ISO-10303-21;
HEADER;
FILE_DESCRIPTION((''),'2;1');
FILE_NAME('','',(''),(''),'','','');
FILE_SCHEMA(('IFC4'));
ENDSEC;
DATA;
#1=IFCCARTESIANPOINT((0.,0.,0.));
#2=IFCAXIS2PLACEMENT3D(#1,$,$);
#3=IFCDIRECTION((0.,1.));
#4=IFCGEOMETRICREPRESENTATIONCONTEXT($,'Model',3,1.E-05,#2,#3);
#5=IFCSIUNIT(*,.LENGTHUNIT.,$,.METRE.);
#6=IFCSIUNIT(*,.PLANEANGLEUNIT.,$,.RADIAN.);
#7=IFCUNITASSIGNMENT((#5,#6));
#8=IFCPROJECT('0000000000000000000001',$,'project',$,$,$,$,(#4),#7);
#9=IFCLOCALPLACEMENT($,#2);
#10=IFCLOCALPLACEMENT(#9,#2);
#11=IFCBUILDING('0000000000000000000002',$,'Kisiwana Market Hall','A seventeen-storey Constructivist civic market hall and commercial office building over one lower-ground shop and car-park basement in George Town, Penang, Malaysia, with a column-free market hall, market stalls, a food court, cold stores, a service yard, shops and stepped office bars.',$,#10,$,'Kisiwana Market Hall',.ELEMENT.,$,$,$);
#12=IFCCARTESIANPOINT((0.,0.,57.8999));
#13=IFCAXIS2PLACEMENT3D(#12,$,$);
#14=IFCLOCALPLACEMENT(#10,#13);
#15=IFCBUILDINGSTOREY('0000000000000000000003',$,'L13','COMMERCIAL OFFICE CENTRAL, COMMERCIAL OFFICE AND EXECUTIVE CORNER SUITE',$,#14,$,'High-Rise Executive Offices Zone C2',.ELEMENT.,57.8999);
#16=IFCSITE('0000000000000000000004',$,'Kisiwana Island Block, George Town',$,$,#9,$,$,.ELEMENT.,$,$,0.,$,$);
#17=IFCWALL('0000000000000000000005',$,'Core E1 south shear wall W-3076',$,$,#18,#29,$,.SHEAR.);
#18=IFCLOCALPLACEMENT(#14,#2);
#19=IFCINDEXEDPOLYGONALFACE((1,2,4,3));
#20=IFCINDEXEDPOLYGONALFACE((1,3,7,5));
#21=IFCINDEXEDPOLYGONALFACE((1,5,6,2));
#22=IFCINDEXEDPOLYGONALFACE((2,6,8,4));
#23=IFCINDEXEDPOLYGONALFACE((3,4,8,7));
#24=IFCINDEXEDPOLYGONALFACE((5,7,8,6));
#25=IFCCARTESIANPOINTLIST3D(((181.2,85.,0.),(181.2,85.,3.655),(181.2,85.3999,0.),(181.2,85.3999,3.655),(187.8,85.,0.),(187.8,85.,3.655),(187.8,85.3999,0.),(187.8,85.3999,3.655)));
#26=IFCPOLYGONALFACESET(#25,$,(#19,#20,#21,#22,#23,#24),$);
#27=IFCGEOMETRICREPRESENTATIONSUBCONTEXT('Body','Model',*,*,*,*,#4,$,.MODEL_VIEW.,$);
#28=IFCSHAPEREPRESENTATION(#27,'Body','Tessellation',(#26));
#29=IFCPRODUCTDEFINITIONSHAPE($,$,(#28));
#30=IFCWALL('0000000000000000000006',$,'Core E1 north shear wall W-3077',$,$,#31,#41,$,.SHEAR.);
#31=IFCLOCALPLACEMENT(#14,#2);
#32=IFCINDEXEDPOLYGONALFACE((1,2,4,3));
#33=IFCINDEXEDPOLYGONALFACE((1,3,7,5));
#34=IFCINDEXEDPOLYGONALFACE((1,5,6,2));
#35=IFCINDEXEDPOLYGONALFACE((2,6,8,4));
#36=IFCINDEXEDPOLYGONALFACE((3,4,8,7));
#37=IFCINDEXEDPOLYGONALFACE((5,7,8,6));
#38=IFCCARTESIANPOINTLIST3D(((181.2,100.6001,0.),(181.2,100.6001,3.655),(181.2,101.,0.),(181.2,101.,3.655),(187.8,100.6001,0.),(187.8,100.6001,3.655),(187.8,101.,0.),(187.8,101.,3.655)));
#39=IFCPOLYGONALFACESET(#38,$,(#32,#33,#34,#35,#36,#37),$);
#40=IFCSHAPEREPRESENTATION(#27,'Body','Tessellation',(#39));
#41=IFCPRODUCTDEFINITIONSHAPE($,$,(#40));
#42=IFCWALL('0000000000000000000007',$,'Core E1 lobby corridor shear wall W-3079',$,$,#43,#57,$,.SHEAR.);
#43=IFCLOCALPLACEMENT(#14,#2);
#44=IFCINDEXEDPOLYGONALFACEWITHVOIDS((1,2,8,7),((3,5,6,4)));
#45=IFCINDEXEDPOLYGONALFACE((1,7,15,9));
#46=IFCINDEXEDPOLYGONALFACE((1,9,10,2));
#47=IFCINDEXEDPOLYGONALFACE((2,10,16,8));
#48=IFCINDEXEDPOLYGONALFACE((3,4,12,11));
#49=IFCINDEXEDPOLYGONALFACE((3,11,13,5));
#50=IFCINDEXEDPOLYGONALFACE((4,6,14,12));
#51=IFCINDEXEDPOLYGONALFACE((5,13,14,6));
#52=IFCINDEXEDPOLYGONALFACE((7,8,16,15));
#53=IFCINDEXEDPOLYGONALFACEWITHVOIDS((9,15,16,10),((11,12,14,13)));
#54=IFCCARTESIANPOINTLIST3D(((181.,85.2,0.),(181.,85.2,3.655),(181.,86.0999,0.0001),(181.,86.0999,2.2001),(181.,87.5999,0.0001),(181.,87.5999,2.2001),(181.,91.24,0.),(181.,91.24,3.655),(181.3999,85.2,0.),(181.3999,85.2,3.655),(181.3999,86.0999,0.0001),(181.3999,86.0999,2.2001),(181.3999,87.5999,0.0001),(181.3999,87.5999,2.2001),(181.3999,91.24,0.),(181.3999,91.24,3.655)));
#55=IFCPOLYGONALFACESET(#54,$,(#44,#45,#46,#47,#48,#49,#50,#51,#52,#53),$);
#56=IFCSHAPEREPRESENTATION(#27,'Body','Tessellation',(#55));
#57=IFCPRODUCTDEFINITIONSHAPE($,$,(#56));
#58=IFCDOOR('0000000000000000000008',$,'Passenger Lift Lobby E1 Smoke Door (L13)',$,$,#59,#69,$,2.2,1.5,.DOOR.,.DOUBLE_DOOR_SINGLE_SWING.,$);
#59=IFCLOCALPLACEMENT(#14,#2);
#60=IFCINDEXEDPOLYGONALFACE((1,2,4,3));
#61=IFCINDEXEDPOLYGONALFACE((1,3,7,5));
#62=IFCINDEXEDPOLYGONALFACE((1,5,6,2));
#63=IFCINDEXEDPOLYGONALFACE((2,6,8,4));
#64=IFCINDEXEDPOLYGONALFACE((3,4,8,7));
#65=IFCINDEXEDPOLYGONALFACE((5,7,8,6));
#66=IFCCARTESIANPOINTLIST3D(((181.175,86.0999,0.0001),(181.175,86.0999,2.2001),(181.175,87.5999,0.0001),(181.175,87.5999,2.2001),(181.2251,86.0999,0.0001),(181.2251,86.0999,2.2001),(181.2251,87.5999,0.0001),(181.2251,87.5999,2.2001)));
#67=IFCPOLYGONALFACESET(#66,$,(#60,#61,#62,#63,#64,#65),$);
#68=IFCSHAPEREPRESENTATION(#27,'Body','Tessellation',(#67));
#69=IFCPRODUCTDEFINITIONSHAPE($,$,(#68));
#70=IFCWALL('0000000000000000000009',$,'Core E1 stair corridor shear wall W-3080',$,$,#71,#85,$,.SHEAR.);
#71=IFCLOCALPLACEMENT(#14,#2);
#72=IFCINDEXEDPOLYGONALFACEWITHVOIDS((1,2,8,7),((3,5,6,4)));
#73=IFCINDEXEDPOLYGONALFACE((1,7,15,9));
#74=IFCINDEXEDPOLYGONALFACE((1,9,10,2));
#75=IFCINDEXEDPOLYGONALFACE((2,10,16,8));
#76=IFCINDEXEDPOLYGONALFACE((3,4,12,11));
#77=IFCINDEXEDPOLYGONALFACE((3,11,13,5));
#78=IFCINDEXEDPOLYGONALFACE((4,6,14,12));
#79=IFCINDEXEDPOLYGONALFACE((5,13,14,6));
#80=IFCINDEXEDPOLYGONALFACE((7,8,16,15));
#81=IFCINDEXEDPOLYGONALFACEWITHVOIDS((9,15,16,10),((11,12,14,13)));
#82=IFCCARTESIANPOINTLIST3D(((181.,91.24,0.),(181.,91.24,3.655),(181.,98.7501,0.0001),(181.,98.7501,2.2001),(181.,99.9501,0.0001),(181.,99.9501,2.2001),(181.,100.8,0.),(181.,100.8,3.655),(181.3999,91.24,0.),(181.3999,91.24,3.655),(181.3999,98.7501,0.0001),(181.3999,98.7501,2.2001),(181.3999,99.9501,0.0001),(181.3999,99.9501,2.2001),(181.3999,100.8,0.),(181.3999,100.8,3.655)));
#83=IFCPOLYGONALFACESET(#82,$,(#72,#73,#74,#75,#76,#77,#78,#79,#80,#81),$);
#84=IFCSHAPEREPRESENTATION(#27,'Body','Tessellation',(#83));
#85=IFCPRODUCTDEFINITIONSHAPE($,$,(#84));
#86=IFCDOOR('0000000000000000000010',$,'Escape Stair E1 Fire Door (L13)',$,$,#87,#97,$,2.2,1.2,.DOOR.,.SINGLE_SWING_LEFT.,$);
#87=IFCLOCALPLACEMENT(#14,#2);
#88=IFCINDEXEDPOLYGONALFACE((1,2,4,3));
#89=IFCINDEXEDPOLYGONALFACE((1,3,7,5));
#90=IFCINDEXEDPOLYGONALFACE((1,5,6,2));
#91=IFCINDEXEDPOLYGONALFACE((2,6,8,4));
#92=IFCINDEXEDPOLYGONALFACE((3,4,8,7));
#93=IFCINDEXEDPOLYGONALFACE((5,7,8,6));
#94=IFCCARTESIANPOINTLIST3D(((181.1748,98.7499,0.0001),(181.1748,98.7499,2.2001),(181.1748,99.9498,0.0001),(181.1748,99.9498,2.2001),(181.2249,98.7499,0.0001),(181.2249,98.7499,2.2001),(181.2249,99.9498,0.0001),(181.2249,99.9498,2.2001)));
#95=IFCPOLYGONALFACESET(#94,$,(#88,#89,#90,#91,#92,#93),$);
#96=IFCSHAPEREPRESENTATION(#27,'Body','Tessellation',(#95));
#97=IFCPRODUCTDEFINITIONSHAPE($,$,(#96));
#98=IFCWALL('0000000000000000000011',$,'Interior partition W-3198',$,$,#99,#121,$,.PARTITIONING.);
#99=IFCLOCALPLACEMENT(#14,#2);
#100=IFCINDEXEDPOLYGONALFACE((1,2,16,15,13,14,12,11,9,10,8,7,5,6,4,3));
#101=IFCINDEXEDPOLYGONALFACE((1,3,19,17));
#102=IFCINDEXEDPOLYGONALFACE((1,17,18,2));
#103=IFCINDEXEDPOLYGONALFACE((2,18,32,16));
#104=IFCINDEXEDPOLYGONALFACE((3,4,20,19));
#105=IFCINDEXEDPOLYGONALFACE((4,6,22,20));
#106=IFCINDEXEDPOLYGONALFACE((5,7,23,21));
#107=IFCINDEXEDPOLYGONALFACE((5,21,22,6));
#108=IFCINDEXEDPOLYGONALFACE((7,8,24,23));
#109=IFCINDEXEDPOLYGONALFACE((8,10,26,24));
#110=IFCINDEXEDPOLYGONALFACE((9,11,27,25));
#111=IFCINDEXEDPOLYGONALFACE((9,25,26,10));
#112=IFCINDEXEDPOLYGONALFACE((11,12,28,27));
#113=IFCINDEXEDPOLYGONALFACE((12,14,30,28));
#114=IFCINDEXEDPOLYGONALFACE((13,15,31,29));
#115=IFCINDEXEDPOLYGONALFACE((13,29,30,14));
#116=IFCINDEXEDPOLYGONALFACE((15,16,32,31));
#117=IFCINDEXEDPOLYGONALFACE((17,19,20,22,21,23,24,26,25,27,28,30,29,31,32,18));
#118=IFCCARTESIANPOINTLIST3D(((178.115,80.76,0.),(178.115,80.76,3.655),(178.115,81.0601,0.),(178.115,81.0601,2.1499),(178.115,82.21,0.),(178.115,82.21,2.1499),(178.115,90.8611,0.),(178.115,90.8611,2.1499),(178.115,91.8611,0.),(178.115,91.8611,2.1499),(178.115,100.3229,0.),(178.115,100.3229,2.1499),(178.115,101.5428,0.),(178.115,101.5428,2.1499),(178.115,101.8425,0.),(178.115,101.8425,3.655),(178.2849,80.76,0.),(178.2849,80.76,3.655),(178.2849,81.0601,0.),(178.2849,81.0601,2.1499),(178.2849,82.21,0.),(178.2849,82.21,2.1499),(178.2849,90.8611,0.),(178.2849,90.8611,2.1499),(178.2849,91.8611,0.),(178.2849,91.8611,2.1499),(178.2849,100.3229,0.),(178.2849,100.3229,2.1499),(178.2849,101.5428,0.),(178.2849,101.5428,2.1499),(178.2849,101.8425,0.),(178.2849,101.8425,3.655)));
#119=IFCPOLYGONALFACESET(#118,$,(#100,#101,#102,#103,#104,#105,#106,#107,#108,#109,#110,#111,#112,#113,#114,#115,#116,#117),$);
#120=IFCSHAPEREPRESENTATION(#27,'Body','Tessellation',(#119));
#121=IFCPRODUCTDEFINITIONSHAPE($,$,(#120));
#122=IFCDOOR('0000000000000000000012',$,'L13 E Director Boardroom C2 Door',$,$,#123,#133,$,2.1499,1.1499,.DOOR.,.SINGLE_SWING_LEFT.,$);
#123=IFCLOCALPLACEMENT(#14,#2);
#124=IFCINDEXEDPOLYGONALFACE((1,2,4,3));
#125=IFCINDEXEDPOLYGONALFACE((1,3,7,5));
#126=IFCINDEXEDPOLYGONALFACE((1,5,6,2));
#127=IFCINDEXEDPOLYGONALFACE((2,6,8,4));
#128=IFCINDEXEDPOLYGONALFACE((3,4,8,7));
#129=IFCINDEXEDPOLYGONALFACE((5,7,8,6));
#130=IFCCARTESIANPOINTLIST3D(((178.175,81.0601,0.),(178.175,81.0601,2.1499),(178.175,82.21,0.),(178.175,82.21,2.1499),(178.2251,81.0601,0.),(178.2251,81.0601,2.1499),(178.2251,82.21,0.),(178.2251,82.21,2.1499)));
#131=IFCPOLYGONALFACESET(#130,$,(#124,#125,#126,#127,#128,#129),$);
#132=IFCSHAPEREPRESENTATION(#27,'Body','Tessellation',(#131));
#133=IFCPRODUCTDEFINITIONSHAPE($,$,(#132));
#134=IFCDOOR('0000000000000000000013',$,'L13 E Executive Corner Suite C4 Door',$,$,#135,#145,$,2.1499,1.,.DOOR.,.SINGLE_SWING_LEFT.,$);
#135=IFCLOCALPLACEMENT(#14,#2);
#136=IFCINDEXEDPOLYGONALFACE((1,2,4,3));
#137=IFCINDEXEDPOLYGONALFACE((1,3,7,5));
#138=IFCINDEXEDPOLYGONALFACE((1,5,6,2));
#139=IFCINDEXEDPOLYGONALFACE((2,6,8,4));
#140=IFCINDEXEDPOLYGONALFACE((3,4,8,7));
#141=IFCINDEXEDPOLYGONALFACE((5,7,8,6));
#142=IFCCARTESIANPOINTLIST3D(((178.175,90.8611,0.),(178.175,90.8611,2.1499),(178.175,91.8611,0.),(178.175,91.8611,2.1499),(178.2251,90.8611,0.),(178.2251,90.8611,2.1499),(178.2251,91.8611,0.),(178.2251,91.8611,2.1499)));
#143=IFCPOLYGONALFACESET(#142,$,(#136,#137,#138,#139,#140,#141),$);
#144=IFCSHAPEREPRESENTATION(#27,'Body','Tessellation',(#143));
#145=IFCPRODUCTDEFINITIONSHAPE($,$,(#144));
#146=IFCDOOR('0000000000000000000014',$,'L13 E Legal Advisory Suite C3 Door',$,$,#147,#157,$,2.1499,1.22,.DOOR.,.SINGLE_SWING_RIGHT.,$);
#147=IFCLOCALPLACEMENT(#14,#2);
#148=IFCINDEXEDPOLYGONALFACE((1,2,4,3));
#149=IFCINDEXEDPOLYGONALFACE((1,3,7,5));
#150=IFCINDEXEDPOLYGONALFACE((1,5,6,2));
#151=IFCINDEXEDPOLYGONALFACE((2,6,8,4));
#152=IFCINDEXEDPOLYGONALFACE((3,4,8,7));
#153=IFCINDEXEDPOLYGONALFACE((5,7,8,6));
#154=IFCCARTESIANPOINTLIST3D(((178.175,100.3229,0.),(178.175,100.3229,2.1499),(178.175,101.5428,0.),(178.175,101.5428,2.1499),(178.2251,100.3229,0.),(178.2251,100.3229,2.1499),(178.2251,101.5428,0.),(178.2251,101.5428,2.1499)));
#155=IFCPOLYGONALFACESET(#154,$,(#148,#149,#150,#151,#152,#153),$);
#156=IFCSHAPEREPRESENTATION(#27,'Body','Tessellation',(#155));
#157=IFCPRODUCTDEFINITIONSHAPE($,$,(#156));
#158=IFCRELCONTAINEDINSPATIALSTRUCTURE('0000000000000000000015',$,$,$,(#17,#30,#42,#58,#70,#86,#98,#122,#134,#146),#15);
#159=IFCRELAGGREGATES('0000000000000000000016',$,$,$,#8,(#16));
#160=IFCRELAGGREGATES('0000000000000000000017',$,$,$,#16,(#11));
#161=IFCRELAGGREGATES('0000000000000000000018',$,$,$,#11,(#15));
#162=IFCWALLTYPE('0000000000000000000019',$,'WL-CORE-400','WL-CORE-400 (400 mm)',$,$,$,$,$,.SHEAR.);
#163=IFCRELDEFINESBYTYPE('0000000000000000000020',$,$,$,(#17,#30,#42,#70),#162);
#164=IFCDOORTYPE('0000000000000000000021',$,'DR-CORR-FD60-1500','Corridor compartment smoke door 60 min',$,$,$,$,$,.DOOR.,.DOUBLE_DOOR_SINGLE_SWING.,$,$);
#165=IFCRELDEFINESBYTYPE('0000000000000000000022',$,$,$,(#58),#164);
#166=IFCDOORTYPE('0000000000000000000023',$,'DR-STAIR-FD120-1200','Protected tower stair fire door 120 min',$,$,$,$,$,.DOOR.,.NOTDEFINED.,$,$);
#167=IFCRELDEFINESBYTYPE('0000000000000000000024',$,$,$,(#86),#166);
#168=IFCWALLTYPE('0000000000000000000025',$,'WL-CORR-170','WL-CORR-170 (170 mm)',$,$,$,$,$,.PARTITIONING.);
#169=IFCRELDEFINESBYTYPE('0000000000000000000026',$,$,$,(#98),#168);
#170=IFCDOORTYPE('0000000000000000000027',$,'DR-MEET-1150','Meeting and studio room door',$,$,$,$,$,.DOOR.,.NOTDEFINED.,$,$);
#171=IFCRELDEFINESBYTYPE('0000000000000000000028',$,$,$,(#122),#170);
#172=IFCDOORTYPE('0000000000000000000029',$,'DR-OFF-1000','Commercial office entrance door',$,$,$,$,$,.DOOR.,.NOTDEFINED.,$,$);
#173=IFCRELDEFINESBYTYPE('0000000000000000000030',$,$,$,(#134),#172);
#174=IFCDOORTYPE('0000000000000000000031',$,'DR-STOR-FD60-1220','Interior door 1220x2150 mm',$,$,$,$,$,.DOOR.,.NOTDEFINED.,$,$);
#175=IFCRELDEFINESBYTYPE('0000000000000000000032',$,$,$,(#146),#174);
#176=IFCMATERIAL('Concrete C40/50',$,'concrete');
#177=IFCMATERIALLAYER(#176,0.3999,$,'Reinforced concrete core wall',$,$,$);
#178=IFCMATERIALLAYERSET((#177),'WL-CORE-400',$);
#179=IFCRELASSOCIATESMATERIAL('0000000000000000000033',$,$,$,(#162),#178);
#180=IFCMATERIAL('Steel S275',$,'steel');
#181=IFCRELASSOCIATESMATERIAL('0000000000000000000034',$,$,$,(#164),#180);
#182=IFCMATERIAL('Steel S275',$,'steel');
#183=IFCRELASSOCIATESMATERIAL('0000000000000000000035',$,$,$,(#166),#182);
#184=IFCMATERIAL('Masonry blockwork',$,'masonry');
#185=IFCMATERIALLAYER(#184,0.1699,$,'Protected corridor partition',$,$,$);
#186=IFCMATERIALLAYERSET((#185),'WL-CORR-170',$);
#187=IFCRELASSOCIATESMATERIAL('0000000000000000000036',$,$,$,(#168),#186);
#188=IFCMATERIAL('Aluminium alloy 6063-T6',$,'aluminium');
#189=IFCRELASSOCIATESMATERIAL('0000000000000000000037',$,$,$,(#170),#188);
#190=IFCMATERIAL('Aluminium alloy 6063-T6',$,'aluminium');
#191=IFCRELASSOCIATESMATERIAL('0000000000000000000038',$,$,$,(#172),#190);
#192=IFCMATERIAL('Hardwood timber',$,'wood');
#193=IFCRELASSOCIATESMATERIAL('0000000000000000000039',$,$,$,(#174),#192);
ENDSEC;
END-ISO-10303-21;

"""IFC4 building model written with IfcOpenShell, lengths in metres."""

from ifc_helpers import new_model, si_unit, direction, frame, frame_2d, origin, place, context, subcontext, project, spatial, rectangle, extrude, material, layer, layer_set, type_object, element, fill, save


model = new_model("IFC4")

# Units and contexts
model_context = context("Model", 3, precision=1e-05, world=origin(), true_north=direction((0.0, 1.0)))
body_context = subcontext(model_context, "Body", "Model", "MODEL_VIEW")
ifc_project = project(units=[si_unit("LENGTHUNIT", "METRE"), si_unit("PLANEANGLEUNIT", "RADIAN")], contexts=[model_context])

# Site, building, storey
site_placement = place(None, origin())
site = spatial("IfcSite", under=ifc_project, at=site_placement, Name="Kisiwana Island Block, George Town", CompositionType="ELEMENT", RefElevation=0.0)
building_placement = place(site_placement, origin())
building = spatial("IfcBuilding", under=site, at=building_placement, Name="Kisiwana Market Hall", Description="A seventeen-storey Constructivist civic market hall and commercial office building over one lower-ground shop and car-park basement in George Town, Penang, Malaysia, with a column-free market hall, market stalls, a food court, cold stores, a service yard, shops and stepped office bars.", LongName="Kisiwana Market Hall", CompositionType="ELEMENT")
storey_placement = place(building_placement, frame((0.0, 0.0, 57.8999)))
storey = spatial("IfcBuildingStorey", under=building, at=storey_placement, Name="L13", Description="COMMERCIAL OFFICE CENTRAL, COMMERCIAL OFFICE AND EXECUTIVE CORNER SUITE", LongName="High-Rise Executive Offices Zone C2", CompositionType="ELEMENT", Elevation=57.8999)

# Walls
ifc_material_1 = material(Name="Concrete C40/50", Category="concrete")
ifc_layer_1 = layer(ifc_material_1, 0.3999, Name="Reinforced concrete core wall")
ifc_layer_set_1 = layer_set([ifc_layer_1], Name="WL-CORE-400")
wall_type_1 = type_object("IfcWallType", Name="WL-CORE-400", Description="WL-CORE-400 (400 mm)", PredefinedType="SHEAR", material=ifc_layer_set_1)
for number, where, z_axis, x_axis, name in (
    (1, (181.2, 85.2, 0.0), (0.0, 0.0, 1.0), (1.0, 0.0, 0.0), "Core E1 south shear wall W-3076"),
    (2, (181.2, 100.8, 0.0), (0.0, 0.0, 1.0), (1.0, 0.0, 0.0), "Core E1 north shear wall W-3077"),
):
    element("IfcWall", number, at=place(storey_placement, frame(where, z_axis=z_axis, x_axis=x_axis)), inside=storey, type_object=wall_type_1, Name=name, PredefinedType="SHEAR", context=body_context, shape_type="SweptSolid", body=[
        extrude(rectangle(XDim=6.6001, YDim=0.3999, at=frame_2d((3.3, 0.0))), origin(), (0.0, 0.0, 1.0), 3.655),
    ])

# Walls, openings, doors
wall_1_placement = place(storey_placement, frame((181.2, 85.2, 0.0), z_axis=(0.0, 0.0, 1.0), x_axis=(0.0, 1.0, 0.0)))
wall_1 = element("IfcWall", 3, at=wall_1_placement, inside=storey, type_object=wall_type_1, Name="Core E1 lobby corridor shear wall W-3079", PredefinedType="SHEAR", context=body_context, shape_type="SweptSolid", body=[
    extrude(rectangle(XDim=6.04, YDim=0.3999, at=frame_2d((3.02, 0.0))), origin(), (0.0, 0.0, 1.0), 3.655),
])
opening_1_placement = place(wall_1_placement, frame((0.8999, 0.0, 0.0)))
opening_1 = element("IfcOpeningElement", 4, at=opening_1_placement, cuts=wall_1, PredefinedType="OPENING", context=body_context, shape_type="SweptSolid", body=[
    extrude(rectangle(XDim=1.5, YDim=2.2, at=frame_2d((0.75, 1.1001))), frame((0.0, 0.2119, 0.0), z_axis=(0.0, -1.0, 0.0), x_axis=(1.0, 0.0, 0.0)), (0.0, 0.0, 1.0), 0.4238),
])
ifc_material_2 = material(Name="Steel S275", Category="steel")
door_type_1 = type_object("IfcDoorType", Name="DR-CORR-FD60-1500", Description="Corridor compartment smoke door 60 min", OperationType="DOUBLE_DOOR_SINGLE_SWING", PredefinedType="DOOR", material=ifc_material_2)
door_1_placement = place(opening_1_placement, origin())
door_1 = element("IfcDoor", 5, at=door_1_placement, inside=storey, type_object=door_type_1, Name="Passenger Lift Lobby E1 Smoke Door (L13)", OperationType="DOUBLE_DOOR_SINGLE_SWING", OverallHeight=2.2, OverallWidth=1.5, PredefinedType="DOOR", context=body_context, shape_type="SweptSolid", body=[
    extrude(rectangle(XDim=1.5, YDim=2.2, at=frame_2d((0.75, 1.1001))), frame((0.0, 0.0249, 0.0), z_axis=(0.0, -1.0, 0.0), x_axis=(1.0, 0.0, 0.0)), (0.0, 0.0, 1.0), 0.05),
])
fill(opening_1, door_1)
wall_2_placement = place(storey_placement, frame((181.2, 91.24, 0.0), z_axis=(0.0, 0.0, 1.0), x_axis=(0.0, 1.0, 0.0)))
wall_2 = element("IfcWall", 6, at=wall_2_placement, inside=storey, type_object=wall_type_1, Name="Core E1 stair corridor shear wall W-3080", PredefinedType="SHEAR", context=body_context, shape_type="SweptSolid", body=[
    extrude(rectangle(XDim=9.5601, YDim=0.3999, at=frame_2d((4.78, 0.0))), origin(), (0.0, 0.0, 1.0), 3.655),
])
opening_2_placement = place(wall_2_placement, frame((7.51, 0.0, 0.0)))
opening_2 = element("IfcOpeningElement", 7, at=opening_2_placement, cuts=wall_2, PredefinedType="OPENING", context=body_context, shape_type="SweptSolid", body=[
    extrude(rectangle(XDim=1.2, YDim=2.2, at=frame_2d((0.6001, 1.1001))), frame((0.0, 0.2119, 0.0), z_axis=(0.0, -1.0, 0.0), x_axis=(1.0, 0.0, 0.0)), (0.0, 0.0, 1.0), 0.4238),
])
ifc_material_3 = material(Name="Steel S275", Category="steel")
door_type_2 = type_object("IfcDoorType", Name="DR-STAIR-FD120-1200", Description="Protected tower stair fire door 120 min", OperationType="NOTDEFINED", PredefinedType="DOOR", material=ifc_material_3)
door_2_placement = place(opening_2_placement, frame((1.2, 0.0, 0.0), z_axis=(0.0, 0.0, 1.0), x_axis=(-1.0, 0.0, 0.0)))
door_2 = element("IfcDoor", 8, at=door_2_placement, inside=storey, type_object=door_type_2, Name="Escape Stair E1 Fire Door (L13)", OperationType="SINGLE_SWING_LEFT", OverallHeight=2.2, OverallWidth=1.2, PredefinedType="DOOR", context=body_context, shape_type="SweptSolid", body=[
    extrude(rectangle(XDim=1.2, YDim=2.2, at=frame_2d((0.6001, 1.1001))), frame((0.0, 0.0249, 0.0), z_axis=(0.0, -1.0, 0.0), x_axis=(1.0, 0.0, 0.0)), (0.0, 0.0, 1.0), 0.05),
])
fill(opening_2, door_2)

# Wall, openings, doors
ifc_material_4 = material(Name="Masonry blockwork", Category="masonry")
ifc_layer_2 = layer(ifc_material_4, 0.1699, Name="Protected corridor partition")
ifc_layer_set_2 = layer_set([ifc_layer_2], Name="WL-CORR-170")
wall_type_2 = type_object("IfcWallType", Name="WL-CORR-170", Description="WL-CORR-170 (170 mm)", PredefinedType="PARTITIONING", material=ifc_layer_set_2)
wall_3_placement = place(storey_placement, frame((178.2, 80.76, 0.0), z_axis=(0.0, 0.0, 1.0), x_axis=(0.0, 1.0, 0.0)))
wall_3 = element("IfcWall", 9, at=wall_3_placement, inside=storey, type_object=wall_type_2, Name="Interior partition W-3198", PredefinedType="PARTITIONING", context=body_context, shape_type="SweptSolid", body=[
    extrude(rectangle(XDim=21.0825, YDim=0.1699, at=frame_2d((10.5413, 0.0))), origin(), (0.0, 0.0, 1.0), 3.655),
])
opening_3_placement = place(wall_3_placement, frame((10.1011, 0.0, 0.0)))
opening_3 = element("IfcOpeningElement", 10, at=opening_3_placement, cuts=wall_3, PredefinedType="OPENING", context=body_context, shape_type="SweptSolid", body=[
    extrude(rectangle(XDim=1.0, YDim=2.1499, at=frame_2d((0.5, 1.075))), frame((0.0, 0.0969, 0.0), z_axis=(0.0, -1.0, 0.0), x_axis=(1.0, 0.0, 0.0)), (0.0, 0.0, 1.0), 0.1938),
])
opening_4_placement = place(wall_3_placement, frame((0.3, 0.0, 0.0)))
opening_4 = element("IfcOpeningElement", 11, at=opening_4_placement, cuts=wall_3, PredefinedType="OPENING", context=body_context, shape_type="SweptSolid", body=[
    extrude(rectangle(XDim=1.1499, YDim=2.1499, at=frame_2d((0.575, 1.075))), frame((0.0, 0.0969, 0.0), z_axis=(0.0, -1.0, 0.0), x_axis=(1.0, 0.0, 0.0)), (0.0, 0.0, 1.0), 0.1938),
])
opening_5_placement = place(wall_3_placement, frame((19.563, 0.0, 0.0)))
opening_5 = element("IfcOpeningElement", 12, at=opening_5_placement, cuts=wall_3, PredefinedType="OPENING", context=body_context, shape_type="SweptSolid", body=[
    extrude(rectangle(XDim=1.22, YDim=2.1499, at=frame_2d((0.6099, 1.075))), frame((0.0, 0.0969, 0.0), z_axis=(0.0, -1.0, 0.0), x_axis=(1.0, 0.0, 0.0)), (0.0, 0.0, 1.0), 0.1938),
])
ifc_material_5 = material(Name="Aluminium alloy 6063-T6", Category="aluminium")
door_type_3 = type_object("IfcDoorType", Name="DR-MEET-1150", Description="Meeting and studio room door", OperationType="NOTDEFINED", PredefinedType="DOOR", material=ifc_material_5)
door_3_placement = place(opening_4_placement, origin())
door_3 = element("IfcDoor", 13, at=door_3_placement, inside=storey, type_object=door_type_3, Name="L13 E Director Boardroom C2 Door", OperationType="SINGLE_SWING_LEFT", OverallHeight=2.1499, OverallWidth=1.1499, PredefinedType="DOOR", context=body_context, shape_type="SweptSolid", body=[
    extrude(rectangle(XDim=1.1499, YDim=2.1499, at=frame_2d((0.575, 1.075))), frame((0.0, 0.0249, 0.0), z_axis=(0.0, -1.0, 0.0), x_axis=(1.0, 0.0, 0.0)), (0.0, 0.0, 1.0), 0.05),
])
fill(opening_4, door_3)
ifc_material_6 = material(Name="Aluminium alloy 6063-T6", Category="aluminium")
door_type_4 = type_object("IfcDoorType", Name="DR-OFF-1000", Description="Commercial office entrance door", OperationType="NOTDEFINED", PredefinedType="DOOR", material=ifc_material_6)
door_4_placement = place(opening_3_placement, origin())
door_4 = element("IfcDoor", 14, at=door_4_placement, inside=storey, type_object=door_type_4, Name="L13 E Executive Corner Suite C4 Door", OperationType="SINGLE_SWING_LEFT", OverallHeight=2.1499, OverallWidth=1.0, PredefinedType="DOOR", context=body_context, shape_type="SweptSolid", body=[
    extrude(rectangle(XDim=1.0, YDim=2.1499, at=frame_2d((0.5, 1.075))), frame((0.0, 0.0249, 0.0), z_axis=(0.0, -1.0, 0.0), x_axis=(1.0, 0.0, 0.0)), (0.0, 0.0, 1.0), 0.05),
])
fill(opening_3, door_4)
ifc_material_7 = material(Name="Hardwood timber", Category="wood")
door_type_5 = type_object("IfcDoorType", Name="DR-STOR-FD60-1220", Description="Interior door 1220x2150 mm", OperationType="NOTDEFINED", PredefinedType="DOOR", material=ifc_material_7)
door_5_placement = place(opening_5_placement, origin())
door_5 = element("IfcDoor", 15, at=door_5_placement, inside=storey, type_object=door_type_5, Name="L13 E Legal Advisory Suite C3 Door", OperationType="SINGLE_SWING_RIGHT", OverallHeight=2.1499, OverallWidth=1.22, PredefinedType="DOOR", context=body_context, shape_type="SweptSolid", body=[
    extrude(rectangle(XDim=1.22, YDim=2.1499, at=frame_2d((0.6099, 1.075))), frame((0.0, 0.0249, 0.0), z_axis=(0.0, -1.0, 0.0), x_axis=(1.0, 0.0, 0.0)), (0.0, 0.0, 1.0), 0.05),
])
fill(opening_5, door_5)

save(model, "model.ifc")
